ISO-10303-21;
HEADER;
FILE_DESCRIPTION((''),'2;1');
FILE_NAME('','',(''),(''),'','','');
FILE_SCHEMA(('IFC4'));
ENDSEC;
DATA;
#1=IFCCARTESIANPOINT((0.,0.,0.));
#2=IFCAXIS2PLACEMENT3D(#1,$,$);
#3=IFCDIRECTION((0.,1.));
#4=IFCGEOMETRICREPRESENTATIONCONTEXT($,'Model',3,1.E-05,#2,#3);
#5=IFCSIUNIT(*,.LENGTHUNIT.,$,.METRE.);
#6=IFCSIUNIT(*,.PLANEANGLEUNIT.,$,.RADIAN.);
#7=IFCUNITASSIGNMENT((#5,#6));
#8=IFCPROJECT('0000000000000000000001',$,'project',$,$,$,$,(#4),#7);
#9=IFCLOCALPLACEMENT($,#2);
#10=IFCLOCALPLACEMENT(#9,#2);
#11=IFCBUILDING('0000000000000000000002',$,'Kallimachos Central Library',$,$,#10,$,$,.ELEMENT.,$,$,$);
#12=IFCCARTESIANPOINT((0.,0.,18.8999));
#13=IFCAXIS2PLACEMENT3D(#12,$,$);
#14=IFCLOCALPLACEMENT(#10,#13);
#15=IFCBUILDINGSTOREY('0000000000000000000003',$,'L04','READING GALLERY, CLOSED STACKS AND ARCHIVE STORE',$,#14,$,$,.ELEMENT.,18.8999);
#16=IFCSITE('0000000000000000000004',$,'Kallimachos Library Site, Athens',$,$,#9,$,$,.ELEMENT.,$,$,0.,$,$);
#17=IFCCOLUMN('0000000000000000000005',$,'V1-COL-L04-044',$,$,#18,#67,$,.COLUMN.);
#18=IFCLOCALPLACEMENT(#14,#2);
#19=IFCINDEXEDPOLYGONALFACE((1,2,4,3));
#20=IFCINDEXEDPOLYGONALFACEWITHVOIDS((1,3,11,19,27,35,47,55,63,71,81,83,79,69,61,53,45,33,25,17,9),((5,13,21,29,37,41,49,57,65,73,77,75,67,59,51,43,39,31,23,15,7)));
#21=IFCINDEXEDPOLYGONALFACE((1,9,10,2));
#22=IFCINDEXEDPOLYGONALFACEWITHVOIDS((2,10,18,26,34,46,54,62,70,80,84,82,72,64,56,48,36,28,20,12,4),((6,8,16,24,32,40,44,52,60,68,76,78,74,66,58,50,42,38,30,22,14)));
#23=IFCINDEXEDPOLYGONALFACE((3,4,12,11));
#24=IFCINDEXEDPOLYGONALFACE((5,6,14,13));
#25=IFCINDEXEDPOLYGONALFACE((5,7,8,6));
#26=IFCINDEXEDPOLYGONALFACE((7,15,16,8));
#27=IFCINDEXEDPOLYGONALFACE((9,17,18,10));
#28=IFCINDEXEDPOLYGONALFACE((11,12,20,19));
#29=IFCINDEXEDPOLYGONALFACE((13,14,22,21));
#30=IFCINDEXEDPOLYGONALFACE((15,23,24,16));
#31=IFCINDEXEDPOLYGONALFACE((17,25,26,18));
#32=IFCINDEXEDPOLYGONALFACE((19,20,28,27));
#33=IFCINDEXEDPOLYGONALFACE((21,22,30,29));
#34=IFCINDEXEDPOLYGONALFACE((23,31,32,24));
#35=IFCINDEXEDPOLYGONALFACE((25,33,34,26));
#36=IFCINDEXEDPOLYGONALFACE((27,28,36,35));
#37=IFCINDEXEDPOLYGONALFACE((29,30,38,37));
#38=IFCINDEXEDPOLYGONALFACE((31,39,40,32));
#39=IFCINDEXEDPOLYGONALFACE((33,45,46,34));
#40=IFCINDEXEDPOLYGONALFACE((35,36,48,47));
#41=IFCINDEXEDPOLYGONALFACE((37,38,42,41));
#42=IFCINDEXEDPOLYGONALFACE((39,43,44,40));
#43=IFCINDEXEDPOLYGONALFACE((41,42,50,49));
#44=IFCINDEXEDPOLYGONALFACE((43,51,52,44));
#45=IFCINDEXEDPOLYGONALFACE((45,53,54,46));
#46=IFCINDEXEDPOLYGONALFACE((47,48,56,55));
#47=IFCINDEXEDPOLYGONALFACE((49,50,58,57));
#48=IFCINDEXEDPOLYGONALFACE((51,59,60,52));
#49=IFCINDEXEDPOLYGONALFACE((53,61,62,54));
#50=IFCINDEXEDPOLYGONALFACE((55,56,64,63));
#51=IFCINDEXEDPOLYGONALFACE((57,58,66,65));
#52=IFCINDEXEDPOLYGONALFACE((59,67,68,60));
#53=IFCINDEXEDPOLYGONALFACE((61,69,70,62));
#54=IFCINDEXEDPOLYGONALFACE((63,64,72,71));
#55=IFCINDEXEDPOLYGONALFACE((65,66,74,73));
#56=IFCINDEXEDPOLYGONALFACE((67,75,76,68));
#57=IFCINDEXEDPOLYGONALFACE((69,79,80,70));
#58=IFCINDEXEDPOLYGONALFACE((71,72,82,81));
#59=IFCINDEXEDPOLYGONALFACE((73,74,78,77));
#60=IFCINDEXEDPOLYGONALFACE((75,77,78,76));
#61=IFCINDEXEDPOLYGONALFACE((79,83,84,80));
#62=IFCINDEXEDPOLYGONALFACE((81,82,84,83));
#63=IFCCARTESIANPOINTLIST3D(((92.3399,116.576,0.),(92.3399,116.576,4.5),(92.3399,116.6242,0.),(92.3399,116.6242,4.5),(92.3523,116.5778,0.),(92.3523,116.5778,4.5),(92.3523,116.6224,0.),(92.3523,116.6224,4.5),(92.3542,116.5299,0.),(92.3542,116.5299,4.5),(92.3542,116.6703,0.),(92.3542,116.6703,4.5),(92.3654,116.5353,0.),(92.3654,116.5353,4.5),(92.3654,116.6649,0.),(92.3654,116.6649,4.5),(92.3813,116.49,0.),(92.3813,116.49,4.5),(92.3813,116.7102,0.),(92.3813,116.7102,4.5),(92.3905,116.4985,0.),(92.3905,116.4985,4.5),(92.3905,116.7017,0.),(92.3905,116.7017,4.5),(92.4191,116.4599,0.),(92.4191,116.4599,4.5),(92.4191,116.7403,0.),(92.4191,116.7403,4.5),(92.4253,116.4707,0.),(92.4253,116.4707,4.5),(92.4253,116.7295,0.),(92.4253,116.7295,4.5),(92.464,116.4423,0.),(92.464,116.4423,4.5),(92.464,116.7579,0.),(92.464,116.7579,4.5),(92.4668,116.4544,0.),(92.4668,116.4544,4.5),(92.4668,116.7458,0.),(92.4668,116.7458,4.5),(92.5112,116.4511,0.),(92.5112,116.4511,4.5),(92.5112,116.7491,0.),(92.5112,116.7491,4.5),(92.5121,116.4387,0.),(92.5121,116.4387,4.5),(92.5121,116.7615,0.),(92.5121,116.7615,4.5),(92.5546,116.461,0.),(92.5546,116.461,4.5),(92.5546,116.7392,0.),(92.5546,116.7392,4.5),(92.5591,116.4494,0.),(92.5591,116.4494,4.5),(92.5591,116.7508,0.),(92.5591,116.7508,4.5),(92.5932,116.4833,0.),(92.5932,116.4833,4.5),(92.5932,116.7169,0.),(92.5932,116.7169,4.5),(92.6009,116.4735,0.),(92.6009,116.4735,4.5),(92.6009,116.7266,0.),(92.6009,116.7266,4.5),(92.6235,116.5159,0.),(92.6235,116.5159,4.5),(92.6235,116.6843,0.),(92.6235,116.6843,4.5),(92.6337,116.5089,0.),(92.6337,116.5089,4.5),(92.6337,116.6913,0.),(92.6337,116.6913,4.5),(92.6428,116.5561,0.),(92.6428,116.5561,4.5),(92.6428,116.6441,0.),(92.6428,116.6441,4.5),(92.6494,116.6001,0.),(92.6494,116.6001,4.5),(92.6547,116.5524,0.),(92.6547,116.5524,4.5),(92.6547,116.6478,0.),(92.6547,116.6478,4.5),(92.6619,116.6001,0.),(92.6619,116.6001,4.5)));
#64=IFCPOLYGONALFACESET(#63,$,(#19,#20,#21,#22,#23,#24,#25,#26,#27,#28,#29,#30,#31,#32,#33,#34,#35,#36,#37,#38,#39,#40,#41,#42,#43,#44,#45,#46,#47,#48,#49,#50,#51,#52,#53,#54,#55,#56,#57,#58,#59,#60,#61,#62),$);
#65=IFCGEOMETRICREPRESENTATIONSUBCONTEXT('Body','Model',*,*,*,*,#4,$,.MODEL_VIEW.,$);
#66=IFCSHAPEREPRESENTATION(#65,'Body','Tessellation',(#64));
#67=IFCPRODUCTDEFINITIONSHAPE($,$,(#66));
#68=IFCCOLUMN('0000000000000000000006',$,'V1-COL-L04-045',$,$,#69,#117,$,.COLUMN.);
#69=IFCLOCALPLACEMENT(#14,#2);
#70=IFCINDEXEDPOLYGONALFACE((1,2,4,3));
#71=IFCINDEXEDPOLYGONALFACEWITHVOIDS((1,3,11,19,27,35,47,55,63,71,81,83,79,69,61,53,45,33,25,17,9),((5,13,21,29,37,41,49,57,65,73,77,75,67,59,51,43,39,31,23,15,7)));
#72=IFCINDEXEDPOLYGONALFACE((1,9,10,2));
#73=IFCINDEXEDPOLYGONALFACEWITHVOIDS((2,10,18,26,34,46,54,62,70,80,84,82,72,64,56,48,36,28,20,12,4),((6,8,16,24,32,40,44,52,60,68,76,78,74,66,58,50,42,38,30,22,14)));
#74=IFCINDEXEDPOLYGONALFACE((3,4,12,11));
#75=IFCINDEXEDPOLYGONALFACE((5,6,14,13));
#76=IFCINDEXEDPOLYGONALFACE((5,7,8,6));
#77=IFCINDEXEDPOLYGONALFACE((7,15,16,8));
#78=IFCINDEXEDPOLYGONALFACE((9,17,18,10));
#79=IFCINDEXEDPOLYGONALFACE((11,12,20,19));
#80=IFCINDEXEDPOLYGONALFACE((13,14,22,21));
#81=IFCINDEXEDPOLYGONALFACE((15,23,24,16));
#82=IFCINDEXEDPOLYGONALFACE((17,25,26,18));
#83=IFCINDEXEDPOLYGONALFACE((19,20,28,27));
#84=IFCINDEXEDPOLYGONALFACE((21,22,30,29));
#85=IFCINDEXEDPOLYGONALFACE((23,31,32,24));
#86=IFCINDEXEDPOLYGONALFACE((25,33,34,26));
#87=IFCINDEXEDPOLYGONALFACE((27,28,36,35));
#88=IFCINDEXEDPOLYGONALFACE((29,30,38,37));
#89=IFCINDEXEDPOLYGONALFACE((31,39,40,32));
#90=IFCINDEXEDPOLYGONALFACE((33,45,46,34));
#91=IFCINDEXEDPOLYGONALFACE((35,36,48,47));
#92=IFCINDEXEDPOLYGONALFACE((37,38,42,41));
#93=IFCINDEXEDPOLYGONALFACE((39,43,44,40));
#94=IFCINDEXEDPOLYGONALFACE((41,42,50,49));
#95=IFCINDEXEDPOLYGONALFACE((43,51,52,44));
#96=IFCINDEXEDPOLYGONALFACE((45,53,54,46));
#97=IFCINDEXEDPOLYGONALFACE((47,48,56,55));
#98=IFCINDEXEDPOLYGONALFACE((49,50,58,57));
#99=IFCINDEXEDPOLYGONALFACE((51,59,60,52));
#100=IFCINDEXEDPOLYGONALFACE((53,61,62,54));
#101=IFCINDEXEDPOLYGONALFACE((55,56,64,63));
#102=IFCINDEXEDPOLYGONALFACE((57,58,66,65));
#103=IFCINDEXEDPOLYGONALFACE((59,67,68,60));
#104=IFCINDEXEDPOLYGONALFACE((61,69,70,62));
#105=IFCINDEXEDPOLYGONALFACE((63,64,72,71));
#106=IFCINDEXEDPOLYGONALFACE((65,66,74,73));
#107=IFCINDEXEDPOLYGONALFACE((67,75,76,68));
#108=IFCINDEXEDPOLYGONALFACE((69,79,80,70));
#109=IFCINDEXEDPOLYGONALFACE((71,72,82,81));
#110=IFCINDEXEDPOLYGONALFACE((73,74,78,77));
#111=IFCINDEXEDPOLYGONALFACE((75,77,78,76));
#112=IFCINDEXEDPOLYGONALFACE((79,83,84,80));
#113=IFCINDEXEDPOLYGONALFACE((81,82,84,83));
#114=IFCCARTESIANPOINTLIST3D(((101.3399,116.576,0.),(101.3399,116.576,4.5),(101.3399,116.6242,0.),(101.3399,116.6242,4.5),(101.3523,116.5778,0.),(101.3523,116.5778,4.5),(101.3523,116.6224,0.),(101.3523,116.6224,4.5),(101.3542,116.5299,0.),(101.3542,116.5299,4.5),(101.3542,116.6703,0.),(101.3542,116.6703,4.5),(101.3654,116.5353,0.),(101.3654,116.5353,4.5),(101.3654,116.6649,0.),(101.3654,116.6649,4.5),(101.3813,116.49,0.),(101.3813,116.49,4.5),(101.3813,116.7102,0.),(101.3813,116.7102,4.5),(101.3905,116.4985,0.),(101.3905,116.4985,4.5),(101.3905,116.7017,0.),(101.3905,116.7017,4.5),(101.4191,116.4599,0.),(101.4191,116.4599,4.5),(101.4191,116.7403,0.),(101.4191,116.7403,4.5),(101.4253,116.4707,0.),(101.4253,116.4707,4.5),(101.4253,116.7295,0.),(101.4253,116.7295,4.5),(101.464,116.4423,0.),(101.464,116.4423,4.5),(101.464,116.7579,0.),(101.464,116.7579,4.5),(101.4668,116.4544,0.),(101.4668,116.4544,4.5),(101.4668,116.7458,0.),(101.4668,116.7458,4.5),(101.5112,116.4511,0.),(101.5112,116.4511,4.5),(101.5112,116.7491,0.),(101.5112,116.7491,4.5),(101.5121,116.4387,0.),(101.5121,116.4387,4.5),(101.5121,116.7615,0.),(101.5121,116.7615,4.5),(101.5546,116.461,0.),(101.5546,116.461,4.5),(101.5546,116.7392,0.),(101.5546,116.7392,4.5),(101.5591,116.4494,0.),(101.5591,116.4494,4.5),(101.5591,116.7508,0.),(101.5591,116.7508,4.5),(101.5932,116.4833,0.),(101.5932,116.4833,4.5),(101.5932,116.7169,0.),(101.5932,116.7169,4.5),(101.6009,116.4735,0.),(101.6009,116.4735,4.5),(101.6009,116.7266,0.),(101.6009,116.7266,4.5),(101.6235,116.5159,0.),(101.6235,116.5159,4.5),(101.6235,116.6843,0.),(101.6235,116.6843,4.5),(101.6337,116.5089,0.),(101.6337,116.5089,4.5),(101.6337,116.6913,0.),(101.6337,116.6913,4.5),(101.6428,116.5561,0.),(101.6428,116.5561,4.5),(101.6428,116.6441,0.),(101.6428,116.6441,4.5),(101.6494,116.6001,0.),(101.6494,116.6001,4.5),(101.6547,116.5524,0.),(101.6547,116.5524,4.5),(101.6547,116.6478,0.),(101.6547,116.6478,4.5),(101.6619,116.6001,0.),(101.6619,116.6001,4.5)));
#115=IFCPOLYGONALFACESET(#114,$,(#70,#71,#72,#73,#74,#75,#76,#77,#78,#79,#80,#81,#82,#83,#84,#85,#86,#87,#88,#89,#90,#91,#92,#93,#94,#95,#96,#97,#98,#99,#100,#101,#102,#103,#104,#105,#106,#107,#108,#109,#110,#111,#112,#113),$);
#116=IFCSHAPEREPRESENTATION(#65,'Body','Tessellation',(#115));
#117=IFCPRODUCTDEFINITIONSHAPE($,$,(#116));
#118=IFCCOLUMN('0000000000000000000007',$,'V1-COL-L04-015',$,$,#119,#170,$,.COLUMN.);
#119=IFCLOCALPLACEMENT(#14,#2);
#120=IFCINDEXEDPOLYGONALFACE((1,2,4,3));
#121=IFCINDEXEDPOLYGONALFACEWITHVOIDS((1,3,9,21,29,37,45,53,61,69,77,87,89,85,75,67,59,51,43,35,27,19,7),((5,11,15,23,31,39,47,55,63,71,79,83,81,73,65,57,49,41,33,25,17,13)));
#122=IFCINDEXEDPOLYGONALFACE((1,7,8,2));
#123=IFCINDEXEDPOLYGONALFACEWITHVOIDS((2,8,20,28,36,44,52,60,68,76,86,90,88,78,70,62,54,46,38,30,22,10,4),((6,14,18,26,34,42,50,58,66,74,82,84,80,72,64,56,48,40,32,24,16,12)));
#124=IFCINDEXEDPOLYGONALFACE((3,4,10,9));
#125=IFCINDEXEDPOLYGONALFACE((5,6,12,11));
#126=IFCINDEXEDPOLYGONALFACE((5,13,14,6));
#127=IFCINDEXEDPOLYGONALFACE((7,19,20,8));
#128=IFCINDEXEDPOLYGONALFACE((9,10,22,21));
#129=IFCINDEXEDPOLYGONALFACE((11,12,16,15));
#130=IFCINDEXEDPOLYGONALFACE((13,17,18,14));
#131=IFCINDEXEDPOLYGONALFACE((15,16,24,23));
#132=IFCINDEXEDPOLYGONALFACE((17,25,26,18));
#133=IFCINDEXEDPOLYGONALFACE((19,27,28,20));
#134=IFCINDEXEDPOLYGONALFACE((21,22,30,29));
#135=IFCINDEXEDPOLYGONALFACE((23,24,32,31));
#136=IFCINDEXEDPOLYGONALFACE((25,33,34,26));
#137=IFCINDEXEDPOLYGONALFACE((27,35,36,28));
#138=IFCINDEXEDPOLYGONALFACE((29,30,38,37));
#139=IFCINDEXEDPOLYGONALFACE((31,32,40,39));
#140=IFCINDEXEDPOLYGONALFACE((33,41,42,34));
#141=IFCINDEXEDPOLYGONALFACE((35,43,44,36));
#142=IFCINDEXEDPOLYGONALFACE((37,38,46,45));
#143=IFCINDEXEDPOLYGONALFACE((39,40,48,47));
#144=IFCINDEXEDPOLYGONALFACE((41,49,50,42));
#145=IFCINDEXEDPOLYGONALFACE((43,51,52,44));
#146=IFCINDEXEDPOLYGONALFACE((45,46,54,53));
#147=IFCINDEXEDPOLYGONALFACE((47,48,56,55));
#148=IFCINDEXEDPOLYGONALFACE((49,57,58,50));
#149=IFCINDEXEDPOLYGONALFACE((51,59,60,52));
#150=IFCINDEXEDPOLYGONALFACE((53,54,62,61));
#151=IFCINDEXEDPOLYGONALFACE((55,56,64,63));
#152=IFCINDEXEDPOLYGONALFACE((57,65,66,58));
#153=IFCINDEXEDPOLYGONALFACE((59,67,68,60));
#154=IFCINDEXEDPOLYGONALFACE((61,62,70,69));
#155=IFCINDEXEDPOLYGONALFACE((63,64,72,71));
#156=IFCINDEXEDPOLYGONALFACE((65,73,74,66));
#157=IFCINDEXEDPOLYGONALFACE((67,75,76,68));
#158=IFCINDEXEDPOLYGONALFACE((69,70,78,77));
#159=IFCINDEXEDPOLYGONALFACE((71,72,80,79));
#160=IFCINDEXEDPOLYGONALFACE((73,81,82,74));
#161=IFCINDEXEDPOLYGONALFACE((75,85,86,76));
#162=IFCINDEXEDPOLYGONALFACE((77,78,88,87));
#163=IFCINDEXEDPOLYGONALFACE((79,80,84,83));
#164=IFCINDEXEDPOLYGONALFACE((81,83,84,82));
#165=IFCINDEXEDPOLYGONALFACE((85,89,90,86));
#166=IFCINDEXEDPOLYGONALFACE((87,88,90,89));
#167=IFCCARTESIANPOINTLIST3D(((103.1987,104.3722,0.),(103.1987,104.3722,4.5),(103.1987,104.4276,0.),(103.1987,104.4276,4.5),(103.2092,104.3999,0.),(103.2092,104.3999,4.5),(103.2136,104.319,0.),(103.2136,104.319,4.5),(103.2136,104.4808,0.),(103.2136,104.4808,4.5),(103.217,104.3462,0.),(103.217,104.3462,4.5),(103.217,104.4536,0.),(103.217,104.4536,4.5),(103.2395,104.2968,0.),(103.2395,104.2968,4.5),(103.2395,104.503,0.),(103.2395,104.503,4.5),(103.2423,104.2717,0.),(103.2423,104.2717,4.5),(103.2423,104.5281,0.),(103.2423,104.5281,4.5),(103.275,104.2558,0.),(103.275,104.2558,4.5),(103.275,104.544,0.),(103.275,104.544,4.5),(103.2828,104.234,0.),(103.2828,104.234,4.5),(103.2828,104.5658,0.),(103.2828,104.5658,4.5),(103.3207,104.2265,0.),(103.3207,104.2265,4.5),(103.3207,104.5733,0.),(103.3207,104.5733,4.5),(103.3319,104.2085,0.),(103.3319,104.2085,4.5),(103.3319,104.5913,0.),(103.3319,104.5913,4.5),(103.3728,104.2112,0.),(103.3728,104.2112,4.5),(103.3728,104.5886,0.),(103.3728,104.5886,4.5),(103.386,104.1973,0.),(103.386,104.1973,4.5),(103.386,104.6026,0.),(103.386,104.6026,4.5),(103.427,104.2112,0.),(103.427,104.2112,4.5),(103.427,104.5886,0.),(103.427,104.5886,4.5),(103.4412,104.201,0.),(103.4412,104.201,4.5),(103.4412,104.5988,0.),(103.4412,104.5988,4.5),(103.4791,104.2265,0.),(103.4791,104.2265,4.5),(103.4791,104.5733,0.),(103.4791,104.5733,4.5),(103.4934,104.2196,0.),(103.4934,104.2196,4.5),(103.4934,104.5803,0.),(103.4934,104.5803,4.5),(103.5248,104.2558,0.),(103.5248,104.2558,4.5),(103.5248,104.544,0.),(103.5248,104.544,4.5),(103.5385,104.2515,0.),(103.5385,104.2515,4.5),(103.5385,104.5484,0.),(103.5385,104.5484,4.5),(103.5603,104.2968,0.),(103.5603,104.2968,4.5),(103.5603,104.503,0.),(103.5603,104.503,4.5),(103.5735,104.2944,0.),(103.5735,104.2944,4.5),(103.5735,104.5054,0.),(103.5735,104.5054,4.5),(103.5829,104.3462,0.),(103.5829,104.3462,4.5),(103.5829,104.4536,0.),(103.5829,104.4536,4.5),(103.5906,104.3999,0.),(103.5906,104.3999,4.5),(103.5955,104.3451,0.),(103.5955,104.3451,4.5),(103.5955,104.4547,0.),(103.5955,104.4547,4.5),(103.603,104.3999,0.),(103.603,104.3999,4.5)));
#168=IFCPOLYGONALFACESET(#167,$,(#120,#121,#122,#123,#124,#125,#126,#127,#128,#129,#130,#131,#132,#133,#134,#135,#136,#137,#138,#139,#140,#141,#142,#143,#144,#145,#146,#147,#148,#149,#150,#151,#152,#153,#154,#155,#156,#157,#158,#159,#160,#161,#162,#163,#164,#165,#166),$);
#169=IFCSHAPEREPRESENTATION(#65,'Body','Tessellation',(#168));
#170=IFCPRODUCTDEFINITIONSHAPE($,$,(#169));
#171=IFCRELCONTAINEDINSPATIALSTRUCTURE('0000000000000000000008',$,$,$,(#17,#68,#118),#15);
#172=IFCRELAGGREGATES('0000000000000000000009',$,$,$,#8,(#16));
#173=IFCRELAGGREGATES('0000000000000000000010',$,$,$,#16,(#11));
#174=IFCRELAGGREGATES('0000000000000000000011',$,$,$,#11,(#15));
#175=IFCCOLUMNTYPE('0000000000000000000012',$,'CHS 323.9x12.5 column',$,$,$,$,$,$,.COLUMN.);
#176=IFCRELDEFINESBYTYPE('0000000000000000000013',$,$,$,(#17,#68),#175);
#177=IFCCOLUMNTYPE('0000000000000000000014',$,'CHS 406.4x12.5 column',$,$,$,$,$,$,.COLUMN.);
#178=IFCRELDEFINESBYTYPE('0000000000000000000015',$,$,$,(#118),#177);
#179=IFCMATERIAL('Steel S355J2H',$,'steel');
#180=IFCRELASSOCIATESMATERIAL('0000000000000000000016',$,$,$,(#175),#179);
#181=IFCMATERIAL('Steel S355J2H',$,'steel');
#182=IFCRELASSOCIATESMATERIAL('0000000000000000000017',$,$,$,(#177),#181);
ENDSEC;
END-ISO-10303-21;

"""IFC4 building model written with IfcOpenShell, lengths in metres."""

from ifc_helpers import new_model, si_unit, direction, frame, origin, origin_2d, place, context, subcontext, project, spatial, hollow_circle, extrude, material, material_profile, profile_set, type_object, element, save


model = new_model("IFC4")

# Units and contexts
model_context = context("Model", 3, precision=1e-05, world=origin(), true_north=direction((0.0, 1.0)))
body_context = subcontext(model_context, "Body", "Model", "MODEL_VIEW")
ifc_project = project(units=[si_unit("LENGTHUNIT", "METRE"), si_unit("PLANEANGLEUNIT", "RADIAN")], contexts=[model_context])

# Site, building, storey
site_placement = place(None, origin())
site = spatial("IfcSite", under=ifc_project, at=site_placement, Name="Kallimachos Library Site, Athens", CompositionType="ELEMENT", RefElevation=0.0)
building_placement = place(site_placement, origin())
building = spatial("IfcBuilding", under=site, at=building_placement, Name="Kallimachos Central Library", CompositionType="ELEMENT")
storey_placement = place(building_placement, frame((0.0, 0.0, 18.8999)))
storey = spatial("IfcBuildingStorey", under=building, at=storey_placement, Name="L04", Description="READING GALLERY, CLOSED STACKS AND ARCHIVE STORE", CompositionType="ELEMENT", Elevation=18.8999)

# Columns
ifc_material_1 = material(Name="Steel S355J2H", Category="steel")
ifc_material_profile_1 = material_profile(ifc_material_1, hollow_circle(Radius=0.1619, WallThickness=0.0125, at=origin_2d()), Name="CHS 323.9x12.5")
ifc_profile_set_1 = profile_set([ifc_material_profile_1], Name="Steel S355J2H")
column_type_1 = type_object("IfcColumnType", Name="CHS 323.9x12.5 column", PredefinedType="COLUMN", material=ifc_profile_set_1)
for number, where, z_axis, x_axis, name in (
    (1, (92.5, 116.6001, 0.0), (0.0, 0.0, 1.0), (1.0, 0.0, 0.0), "V1-COL-L04-044"),
    (2, (101.5, 116.6001, 0.0), (0.0, 0.0, 1.0), (1.0, 0.0, 0.0), "V1-COL-L04-045"),
):
    element("IfcColumn", number, at=place(storey_placement, frame(where, z_axis=z_axis, x_axis=x_axis)), inside=storey, type_object=column_type_1, Name=name, PredefinedType="COLUMN", context=body_context, shape_type="SweptSolid", body=[
        extrude(hollow_circle(Radius=0.1619, WallThickness=0.0125, at=origin_2d()), origin(), (0.0, 0.0, 1.0), 4.5),
    ])
ifc_material_2 = material(Name="Steel S355J2H", Category="steel")
ifc_material_profile_2 = material_profile(ifc_material_2, hollow_circle(Radius=0.2031, WallThickness=0.0125, at=origin_2d()), Name="CHS 406.4x12.5")
ifc_profile_set_2 = profile_set([ifc_material_profile_2], Name="Steel S355J2H")
column_type_2 = type_object("IfcColumnType", Name="CHS 406.4x12.5 column", PredefinedType="COLUMN", material=ifc_profile_set_2)
for number, where, z_axis, x_axis, name in (
    (3, (103.3999, 104.3999, 0.0), (0.0, 0.0, 1.0), (1.0, 0.0, 0.0), "V1-COL-L04-015"),
):
    element("IfcColumn", number, at=place(storey_placement, frame(where, z_axis=z_axis, x_axis=x_axis)), inside=storey, type_object=column_type_2, Name=name, PredefinedType="COLUMN", context=body_context, shape_type="SweptSolid", body=[
        extrude(hollow_circle(Radius=0.2031, WallThickness=0.0125, at=origin_2d()), origin(), (0.0, 0.0, 1.0), 4.5),
    ])

save(model, "model.ifc")
